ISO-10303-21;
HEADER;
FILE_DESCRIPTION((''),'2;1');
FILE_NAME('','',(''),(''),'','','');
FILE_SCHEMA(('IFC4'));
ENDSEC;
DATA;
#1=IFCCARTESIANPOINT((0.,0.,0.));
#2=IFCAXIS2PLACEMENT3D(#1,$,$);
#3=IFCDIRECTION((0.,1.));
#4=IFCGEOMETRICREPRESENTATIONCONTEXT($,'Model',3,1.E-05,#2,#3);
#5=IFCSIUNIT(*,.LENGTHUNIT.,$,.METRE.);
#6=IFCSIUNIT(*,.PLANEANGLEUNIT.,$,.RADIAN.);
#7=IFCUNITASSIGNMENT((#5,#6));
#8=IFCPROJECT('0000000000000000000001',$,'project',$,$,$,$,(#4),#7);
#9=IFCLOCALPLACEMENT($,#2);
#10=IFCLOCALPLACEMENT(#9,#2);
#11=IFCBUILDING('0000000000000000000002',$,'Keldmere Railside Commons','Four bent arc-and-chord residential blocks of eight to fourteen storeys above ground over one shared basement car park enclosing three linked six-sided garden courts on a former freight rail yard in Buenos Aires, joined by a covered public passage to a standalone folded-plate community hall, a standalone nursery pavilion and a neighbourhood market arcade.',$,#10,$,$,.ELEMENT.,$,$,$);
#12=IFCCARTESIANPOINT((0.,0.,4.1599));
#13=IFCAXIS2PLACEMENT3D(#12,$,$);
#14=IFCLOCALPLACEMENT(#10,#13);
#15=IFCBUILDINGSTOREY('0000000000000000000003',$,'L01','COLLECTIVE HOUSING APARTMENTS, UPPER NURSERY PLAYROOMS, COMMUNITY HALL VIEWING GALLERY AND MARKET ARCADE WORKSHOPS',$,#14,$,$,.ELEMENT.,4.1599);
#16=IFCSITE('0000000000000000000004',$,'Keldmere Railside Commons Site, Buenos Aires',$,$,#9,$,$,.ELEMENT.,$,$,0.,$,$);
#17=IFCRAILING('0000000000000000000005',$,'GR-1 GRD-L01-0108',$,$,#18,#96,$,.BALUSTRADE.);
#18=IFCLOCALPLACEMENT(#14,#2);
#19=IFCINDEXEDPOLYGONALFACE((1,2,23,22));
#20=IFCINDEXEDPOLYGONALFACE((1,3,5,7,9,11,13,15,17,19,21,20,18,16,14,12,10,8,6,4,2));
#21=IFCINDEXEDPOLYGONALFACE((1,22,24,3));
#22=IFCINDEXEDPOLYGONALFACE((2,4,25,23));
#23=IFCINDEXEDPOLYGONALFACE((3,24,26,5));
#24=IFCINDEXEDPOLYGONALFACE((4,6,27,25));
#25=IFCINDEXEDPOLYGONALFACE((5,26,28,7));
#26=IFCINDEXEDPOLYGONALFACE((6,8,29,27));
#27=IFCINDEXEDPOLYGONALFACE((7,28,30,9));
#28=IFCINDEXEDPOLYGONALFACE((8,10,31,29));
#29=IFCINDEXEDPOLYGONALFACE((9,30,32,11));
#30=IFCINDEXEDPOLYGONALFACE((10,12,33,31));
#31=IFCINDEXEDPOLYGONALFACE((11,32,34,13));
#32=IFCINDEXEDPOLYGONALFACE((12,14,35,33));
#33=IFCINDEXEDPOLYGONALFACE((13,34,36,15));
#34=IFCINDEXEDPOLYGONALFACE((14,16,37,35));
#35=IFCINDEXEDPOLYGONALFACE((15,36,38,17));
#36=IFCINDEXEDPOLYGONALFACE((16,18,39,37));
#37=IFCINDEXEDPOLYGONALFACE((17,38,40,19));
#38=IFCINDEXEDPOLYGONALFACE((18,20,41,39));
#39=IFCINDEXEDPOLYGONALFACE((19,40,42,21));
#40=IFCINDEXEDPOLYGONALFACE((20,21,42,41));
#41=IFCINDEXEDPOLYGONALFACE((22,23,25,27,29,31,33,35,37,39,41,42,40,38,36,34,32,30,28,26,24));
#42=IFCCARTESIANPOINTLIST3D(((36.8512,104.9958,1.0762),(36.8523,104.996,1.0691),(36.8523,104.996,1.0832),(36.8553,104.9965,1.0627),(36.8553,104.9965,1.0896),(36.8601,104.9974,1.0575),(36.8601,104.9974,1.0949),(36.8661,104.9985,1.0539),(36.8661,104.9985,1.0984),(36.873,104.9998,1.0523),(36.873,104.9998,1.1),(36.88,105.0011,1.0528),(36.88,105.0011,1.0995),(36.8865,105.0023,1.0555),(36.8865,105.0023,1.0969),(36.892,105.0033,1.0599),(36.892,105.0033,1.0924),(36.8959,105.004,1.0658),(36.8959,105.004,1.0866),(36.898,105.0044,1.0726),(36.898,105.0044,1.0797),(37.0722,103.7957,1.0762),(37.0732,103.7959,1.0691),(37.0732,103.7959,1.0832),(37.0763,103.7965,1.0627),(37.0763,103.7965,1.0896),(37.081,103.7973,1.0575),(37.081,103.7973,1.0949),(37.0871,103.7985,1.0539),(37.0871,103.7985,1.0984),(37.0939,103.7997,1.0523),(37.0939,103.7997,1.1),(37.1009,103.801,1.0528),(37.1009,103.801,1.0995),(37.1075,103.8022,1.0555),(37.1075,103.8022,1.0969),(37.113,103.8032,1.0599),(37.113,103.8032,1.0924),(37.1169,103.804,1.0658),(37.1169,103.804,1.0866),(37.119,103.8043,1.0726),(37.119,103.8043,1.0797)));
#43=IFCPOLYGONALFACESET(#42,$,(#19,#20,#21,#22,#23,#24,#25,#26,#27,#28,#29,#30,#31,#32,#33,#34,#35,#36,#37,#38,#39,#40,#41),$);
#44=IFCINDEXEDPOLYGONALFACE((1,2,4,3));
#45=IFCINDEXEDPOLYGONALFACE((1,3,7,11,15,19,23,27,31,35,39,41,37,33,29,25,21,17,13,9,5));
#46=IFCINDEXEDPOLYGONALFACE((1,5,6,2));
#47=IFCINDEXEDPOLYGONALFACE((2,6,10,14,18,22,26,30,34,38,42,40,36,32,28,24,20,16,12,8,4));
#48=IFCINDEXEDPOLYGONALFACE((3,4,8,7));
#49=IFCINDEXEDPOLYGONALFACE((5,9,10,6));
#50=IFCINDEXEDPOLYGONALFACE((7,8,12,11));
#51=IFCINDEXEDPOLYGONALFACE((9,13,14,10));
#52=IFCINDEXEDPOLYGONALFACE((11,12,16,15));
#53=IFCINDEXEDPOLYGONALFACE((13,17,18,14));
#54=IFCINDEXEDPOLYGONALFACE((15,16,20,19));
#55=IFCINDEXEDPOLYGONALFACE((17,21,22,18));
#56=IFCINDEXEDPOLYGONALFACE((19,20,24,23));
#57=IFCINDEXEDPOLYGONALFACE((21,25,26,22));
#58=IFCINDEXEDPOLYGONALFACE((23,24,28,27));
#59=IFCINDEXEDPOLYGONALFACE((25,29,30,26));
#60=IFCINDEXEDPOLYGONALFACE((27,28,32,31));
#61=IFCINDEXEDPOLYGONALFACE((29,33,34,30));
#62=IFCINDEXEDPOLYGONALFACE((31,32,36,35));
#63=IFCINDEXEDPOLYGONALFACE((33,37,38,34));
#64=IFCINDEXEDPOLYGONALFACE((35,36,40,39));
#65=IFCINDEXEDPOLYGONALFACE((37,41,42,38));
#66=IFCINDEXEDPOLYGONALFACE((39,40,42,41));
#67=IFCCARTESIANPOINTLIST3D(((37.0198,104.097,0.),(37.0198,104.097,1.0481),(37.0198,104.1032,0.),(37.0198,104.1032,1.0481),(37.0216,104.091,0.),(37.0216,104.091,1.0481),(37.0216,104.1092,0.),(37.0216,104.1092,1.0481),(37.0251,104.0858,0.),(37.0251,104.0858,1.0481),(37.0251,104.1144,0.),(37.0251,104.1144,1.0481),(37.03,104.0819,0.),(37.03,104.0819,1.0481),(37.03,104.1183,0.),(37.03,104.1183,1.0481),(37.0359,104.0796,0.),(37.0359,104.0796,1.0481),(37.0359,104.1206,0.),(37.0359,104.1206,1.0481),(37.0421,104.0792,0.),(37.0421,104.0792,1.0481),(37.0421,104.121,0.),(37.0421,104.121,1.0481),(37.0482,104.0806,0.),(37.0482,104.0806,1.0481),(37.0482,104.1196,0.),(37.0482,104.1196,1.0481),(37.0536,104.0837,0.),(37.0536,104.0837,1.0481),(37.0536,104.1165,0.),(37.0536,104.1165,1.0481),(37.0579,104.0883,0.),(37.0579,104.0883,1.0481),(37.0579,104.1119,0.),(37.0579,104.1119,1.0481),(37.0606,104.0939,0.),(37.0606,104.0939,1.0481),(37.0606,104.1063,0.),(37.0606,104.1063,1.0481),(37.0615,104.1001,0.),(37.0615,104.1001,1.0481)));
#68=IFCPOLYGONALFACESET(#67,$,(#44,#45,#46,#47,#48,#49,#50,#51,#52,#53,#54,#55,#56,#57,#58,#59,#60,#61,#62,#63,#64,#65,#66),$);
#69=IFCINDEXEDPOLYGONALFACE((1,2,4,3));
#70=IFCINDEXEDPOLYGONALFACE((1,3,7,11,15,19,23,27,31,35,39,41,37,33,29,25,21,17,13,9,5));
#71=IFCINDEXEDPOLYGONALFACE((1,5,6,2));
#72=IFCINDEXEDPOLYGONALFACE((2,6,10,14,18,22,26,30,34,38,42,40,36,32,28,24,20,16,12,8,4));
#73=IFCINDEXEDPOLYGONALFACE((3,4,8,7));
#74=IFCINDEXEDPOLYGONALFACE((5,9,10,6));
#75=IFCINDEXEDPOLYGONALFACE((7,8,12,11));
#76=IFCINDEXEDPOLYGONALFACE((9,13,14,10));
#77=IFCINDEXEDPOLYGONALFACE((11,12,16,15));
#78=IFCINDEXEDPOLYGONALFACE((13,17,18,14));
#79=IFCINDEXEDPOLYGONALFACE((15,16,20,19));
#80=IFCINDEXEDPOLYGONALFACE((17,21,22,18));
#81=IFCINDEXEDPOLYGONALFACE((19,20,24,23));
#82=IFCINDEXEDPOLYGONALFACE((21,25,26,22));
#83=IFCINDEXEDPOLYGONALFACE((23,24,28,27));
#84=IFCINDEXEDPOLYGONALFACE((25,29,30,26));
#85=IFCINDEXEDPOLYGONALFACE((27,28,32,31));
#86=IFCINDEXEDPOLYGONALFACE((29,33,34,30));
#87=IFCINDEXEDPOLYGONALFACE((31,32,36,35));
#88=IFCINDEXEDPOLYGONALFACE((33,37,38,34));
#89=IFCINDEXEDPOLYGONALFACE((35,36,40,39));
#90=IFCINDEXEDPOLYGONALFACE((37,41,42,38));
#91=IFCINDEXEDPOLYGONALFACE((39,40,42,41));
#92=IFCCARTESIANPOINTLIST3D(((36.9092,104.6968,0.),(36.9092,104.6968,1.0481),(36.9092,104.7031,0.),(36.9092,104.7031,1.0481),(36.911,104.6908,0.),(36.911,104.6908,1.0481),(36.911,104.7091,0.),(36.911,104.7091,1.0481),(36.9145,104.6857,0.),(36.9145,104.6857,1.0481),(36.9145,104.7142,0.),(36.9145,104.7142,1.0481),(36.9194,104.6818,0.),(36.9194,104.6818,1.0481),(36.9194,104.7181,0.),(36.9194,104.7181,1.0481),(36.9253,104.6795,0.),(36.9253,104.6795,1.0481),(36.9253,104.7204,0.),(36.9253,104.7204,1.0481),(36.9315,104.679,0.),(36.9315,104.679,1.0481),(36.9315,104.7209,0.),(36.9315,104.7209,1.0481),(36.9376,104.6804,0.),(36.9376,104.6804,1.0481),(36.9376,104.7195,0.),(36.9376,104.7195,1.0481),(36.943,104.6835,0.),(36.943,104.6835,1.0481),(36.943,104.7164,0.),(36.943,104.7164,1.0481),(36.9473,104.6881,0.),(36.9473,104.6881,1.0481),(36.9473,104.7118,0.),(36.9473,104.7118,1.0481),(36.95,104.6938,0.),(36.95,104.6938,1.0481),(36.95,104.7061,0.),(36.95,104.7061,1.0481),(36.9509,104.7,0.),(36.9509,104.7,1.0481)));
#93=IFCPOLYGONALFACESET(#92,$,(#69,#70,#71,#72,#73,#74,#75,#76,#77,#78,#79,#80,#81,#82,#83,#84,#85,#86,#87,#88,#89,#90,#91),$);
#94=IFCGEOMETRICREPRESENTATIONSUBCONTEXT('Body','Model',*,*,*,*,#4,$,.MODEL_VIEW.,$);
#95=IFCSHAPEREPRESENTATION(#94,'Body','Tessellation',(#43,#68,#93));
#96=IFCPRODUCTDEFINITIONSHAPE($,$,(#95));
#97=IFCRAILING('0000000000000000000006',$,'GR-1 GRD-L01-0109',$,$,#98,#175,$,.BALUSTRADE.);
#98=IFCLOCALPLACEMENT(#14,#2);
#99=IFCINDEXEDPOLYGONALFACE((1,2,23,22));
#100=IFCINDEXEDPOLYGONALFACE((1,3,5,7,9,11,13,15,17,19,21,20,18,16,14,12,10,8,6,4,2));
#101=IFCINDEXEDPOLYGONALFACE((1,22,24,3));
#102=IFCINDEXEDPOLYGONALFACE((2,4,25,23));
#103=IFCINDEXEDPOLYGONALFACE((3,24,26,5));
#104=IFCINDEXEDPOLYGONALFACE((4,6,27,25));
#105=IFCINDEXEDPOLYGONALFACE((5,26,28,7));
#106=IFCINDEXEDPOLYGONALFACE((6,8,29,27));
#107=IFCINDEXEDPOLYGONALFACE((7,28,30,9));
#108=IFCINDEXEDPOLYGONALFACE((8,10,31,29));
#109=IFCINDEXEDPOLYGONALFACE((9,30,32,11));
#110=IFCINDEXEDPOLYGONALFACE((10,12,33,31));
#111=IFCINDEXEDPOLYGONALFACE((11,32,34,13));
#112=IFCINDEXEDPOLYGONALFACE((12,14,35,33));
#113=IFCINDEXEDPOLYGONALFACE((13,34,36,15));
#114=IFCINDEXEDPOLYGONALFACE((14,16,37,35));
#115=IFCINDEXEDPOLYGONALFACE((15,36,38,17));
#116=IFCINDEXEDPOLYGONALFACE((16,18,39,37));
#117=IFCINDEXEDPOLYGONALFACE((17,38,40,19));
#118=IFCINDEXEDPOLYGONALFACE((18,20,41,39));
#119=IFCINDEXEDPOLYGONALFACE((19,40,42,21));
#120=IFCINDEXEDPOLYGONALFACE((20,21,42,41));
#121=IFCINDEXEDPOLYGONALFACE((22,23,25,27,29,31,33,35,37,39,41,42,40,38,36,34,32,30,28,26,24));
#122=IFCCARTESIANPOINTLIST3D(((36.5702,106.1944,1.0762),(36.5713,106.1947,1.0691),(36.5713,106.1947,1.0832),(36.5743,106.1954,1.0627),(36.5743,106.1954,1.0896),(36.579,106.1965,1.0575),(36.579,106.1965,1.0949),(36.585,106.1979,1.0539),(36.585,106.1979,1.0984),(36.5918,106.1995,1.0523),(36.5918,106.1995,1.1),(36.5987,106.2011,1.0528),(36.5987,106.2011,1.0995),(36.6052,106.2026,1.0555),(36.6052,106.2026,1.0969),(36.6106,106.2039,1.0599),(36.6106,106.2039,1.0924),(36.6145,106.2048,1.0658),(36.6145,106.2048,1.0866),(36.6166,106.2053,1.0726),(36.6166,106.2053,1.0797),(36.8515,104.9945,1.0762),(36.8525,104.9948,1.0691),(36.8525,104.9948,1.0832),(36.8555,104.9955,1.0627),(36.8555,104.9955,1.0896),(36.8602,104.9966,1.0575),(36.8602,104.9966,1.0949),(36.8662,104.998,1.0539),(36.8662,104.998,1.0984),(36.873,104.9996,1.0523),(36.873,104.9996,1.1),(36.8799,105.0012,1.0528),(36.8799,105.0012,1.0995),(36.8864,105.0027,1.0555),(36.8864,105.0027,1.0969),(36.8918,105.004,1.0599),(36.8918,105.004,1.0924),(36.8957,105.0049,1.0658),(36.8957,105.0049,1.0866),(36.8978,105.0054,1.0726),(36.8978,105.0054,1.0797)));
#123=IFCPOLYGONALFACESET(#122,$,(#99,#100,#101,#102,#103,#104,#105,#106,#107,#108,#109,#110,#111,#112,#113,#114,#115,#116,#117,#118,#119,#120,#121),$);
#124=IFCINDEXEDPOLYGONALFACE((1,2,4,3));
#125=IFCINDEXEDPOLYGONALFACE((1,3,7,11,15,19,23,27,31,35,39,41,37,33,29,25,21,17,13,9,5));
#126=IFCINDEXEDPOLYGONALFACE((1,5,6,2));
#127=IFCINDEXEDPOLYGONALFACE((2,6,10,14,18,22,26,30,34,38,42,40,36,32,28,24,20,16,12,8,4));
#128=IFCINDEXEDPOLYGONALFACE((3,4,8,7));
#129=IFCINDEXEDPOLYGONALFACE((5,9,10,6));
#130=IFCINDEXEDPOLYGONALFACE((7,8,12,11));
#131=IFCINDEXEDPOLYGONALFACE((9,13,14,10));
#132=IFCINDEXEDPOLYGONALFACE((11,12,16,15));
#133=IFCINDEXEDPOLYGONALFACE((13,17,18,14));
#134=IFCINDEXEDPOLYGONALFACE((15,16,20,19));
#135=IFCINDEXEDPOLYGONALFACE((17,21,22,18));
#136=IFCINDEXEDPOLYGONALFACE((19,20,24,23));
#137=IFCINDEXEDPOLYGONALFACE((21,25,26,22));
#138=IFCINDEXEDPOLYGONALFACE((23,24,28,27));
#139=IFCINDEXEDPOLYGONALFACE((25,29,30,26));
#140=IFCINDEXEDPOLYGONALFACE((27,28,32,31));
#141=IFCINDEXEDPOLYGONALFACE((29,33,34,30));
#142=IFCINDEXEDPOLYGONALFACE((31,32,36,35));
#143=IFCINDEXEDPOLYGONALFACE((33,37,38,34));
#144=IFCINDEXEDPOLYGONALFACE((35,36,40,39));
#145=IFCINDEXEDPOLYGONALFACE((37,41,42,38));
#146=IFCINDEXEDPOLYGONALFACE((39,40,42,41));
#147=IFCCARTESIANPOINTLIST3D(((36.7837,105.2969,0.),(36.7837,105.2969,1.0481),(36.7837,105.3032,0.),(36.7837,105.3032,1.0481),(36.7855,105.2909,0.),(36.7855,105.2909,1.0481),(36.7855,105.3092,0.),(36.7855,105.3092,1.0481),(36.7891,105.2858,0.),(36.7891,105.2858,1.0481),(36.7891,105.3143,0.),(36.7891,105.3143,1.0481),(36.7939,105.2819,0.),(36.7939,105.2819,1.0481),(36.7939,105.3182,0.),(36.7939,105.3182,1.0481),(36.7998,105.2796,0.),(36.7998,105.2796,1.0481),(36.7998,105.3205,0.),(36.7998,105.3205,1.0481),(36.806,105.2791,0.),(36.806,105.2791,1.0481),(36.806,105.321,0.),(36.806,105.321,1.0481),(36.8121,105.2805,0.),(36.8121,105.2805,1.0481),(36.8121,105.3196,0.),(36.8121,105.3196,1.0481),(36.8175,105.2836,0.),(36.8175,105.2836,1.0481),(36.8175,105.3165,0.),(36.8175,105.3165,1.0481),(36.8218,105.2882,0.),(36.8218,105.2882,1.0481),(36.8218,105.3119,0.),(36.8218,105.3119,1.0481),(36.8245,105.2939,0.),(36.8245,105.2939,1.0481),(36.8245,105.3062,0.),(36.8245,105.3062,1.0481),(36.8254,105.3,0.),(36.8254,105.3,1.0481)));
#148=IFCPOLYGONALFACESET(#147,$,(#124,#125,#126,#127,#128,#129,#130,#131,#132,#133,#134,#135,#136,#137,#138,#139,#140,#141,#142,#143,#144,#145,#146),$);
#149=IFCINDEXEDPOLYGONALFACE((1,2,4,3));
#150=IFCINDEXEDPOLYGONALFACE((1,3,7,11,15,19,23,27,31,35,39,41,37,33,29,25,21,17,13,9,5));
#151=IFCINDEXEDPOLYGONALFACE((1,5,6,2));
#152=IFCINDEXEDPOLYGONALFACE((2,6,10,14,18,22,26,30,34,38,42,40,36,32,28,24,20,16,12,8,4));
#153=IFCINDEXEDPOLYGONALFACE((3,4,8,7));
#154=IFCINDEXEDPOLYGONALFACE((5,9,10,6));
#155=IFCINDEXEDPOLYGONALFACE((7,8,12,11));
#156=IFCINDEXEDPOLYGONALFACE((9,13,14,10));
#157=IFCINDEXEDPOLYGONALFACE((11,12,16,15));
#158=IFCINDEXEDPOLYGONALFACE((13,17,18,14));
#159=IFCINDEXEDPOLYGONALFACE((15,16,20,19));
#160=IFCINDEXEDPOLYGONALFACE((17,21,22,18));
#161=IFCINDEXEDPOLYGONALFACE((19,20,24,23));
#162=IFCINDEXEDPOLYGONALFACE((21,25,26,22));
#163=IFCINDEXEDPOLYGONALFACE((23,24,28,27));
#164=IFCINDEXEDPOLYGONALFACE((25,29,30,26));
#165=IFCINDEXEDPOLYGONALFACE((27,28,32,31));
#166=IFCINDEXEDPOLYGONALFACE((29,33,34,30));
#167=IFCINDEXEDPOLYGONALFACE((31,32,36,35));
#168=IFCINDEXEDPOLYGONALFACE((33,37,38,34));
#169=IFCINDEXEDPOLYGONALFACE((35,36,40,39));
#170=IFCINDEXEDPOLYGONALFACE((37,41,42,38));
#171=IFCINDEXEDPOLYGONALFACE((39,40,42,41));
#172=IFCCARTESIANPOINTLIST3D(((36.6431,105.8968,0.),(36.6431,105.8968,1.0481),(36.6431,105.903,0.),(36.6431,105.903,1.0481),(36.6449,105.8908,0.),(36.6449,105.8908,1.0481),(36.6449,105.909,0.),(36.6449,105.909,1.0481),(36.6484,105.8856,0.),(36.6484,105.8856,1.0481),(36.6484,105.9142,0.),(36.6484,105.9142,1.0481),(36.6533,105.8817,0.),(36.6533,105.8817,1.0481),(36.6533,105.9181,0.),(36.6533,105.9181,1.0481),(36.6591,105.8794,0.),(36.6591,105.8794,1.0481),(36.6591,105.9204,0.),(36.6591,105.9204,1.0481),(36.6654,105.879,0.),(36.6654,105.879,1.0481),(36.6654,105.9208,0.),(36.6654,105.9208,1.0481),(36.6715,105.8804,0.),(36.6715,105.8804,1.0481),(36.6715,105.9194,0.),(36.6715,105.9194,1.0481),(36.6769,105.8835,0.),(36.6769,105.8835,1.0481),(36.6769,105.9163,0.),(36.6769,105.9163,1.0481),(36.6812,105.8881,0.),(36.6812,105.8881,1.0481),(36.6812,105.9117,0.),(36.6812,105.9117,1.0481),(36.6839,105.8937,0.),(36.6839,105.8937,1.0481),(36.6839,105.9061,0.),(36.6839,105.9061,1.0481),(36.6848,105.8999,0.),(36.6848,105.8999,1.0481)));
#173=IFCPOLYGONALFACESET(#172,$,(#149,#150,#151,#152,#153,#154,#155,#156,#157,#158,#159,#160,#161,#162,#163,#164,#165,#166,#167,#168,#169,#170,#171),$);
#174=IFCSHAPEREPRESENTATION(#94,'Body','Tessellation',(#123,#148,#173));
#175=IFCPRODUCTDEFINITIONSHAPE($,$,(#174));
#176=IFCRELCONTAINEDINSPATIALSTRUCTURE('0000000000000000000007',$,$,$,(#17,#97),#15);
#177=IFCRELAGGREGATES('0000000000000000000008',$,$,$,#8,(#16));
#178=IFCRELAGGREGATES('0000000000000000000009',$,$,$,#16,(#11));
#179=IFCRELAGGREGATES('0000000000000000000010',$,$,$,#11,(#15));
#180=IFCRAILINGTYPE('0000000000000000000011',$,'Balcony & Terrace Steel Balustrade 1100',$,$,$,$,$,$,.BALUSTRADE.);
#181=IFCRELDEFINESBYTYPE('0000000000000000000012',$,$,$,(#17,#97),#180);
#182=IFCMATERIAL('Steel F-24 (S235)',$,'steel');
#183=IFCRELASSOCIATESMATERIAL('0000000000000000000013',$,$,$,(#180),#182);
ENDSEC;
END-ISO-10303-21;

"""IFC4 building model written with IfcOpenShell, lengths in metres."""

from ifc_helpers import new_model, si_unit, direction, frame, origin, origin_2d, place, context, subcontext, project, spatial, circle, extrude, material, type_object, element, save


model = new_model("IFC4")

# Units and contexts
model_context = context("Model", 3, precision=1e-05, world=origin(), true_north=direction((0.0, 1.0)))
body_context = subcontext(model_context, "Body", "Model", "MODEL_VIEW")
ifc_project = project(units=[si_unit("LENGTHUNIT", "METRE"), si_unit("PLANEANGLEUNIT", "RADIAN")], contexts=[model_context])

# Site, building, storey
site_placement = place(None, origin())
site = spatial("IfcSite", under=ifc_project, at=site_placement, Name="Keldmere Railside Commons Site, Buenos Aires", CompositionType="ELEMENT", RefElevation=0.0)
building_placement = place(site_placement, origin())
building = spatial("IfcBuilding", under=site, at=building_placement, Name="Keldmere Railside Commons", Description="Four bent arc-and-chord residential blocks of eight to fourteen storeys above ground over one shared basement car park enclosing three linked six-sided garden courts on a former freight rail yard in Buenos Aires, joined by a covered public passage to a standalone folded-plate community hall, a standalone nursery pavilion and a neighbourhood market arcade.", CompositionType="ELEMENT")
storey_placement = place(building_placement, frame((0.0, 0.0, 4.1599)))
storey = spatial("IfcBuildingStorey", under=building, at=storey_placement, Name="L01", Description="COLLECTIVE HOUSING APARTMENTS, UPPER NURSERY PLAYROOMS, COMMUNITY HALL VIEWING GALLERY AND MARKET ARCADE WORKSHOPS", CompositionType="ELEMENT", Elevation=4.1599)

# Railings
ifc_material_1 = material(Name="Steel F-24 (S235)", Category="steel")
railing_type = type_object("IfcRailingType", Name="Balcony & Terrace Steel Balustrade 1100", PredefinedType="BALUSTRADE", material=ifc_material_1)
railing_1_placement = place(storey_placement, frame((37.0957, 103.8, 0.0)))
element("IfcRailing", 1, at=railing_1_placement, inside=storey, type_object=railing_type, Name="GR-1 GRD-L01-0108", PredefinedType="BALUSTRADE", context=body_context, shape_type="SweptSolid", body=[
    extrude(circle(Radius=0.0239, at=origin_2d()), frame((0.0, 0.0, 1.0762), z_axis=(-0.181086, 0.983467, 0.0), x_axis=(-0.983467, -0.181086, 0.0)), (0.0, 0.0, 1.0), 1.2202),
    extrude(circle(Radius=0.021, at=origin_2d()), frame((-0.0552, 0.3, 0.0)), (0.0, 0.0, 1.0), 1.0481),
    extrude(circle(Radius=0.021, at=origin_2d()), frame((-0.1658, 0.8999, 0.0)), (0.0, 0.0, 1.0), 1.0481),
])
railing_2_placement = place(storey_placement, frame((36.8748, 105.0, 0.0)))
element("IfcRailing", 2, at=railing_2_placement, inside=storey, type_object=railing_type, Name="GR-1 GRD-L01-0109", PredefinedType="BALUSTRADE", context=body_context, shape_type="SweptSolid", body=[
    extrude(circle(Radius=0.0239, at=origin_2d()), frame((0.0, 0.0, 1.0762), z_axis=(-0.2282, 0.973614, 0.0), x_axis=(-0.973614, -0.2282, 0.0)), (0.0, 0.0, 1.0), 1.2324),
    extrude(circle(Radius=0.021, at=origin_2d()), frame((-0.0703, 0.3, 0.0)), (0.0, 0.0, 1.0), 1.0481),
    extrude(circle(Radius=0.021, at=origin_2d()), frame((-0.2109, 0.8999, 0.0)), (0.0, 0.0, 1.0), 1.0481),
])

save(model, "model.ifc")
